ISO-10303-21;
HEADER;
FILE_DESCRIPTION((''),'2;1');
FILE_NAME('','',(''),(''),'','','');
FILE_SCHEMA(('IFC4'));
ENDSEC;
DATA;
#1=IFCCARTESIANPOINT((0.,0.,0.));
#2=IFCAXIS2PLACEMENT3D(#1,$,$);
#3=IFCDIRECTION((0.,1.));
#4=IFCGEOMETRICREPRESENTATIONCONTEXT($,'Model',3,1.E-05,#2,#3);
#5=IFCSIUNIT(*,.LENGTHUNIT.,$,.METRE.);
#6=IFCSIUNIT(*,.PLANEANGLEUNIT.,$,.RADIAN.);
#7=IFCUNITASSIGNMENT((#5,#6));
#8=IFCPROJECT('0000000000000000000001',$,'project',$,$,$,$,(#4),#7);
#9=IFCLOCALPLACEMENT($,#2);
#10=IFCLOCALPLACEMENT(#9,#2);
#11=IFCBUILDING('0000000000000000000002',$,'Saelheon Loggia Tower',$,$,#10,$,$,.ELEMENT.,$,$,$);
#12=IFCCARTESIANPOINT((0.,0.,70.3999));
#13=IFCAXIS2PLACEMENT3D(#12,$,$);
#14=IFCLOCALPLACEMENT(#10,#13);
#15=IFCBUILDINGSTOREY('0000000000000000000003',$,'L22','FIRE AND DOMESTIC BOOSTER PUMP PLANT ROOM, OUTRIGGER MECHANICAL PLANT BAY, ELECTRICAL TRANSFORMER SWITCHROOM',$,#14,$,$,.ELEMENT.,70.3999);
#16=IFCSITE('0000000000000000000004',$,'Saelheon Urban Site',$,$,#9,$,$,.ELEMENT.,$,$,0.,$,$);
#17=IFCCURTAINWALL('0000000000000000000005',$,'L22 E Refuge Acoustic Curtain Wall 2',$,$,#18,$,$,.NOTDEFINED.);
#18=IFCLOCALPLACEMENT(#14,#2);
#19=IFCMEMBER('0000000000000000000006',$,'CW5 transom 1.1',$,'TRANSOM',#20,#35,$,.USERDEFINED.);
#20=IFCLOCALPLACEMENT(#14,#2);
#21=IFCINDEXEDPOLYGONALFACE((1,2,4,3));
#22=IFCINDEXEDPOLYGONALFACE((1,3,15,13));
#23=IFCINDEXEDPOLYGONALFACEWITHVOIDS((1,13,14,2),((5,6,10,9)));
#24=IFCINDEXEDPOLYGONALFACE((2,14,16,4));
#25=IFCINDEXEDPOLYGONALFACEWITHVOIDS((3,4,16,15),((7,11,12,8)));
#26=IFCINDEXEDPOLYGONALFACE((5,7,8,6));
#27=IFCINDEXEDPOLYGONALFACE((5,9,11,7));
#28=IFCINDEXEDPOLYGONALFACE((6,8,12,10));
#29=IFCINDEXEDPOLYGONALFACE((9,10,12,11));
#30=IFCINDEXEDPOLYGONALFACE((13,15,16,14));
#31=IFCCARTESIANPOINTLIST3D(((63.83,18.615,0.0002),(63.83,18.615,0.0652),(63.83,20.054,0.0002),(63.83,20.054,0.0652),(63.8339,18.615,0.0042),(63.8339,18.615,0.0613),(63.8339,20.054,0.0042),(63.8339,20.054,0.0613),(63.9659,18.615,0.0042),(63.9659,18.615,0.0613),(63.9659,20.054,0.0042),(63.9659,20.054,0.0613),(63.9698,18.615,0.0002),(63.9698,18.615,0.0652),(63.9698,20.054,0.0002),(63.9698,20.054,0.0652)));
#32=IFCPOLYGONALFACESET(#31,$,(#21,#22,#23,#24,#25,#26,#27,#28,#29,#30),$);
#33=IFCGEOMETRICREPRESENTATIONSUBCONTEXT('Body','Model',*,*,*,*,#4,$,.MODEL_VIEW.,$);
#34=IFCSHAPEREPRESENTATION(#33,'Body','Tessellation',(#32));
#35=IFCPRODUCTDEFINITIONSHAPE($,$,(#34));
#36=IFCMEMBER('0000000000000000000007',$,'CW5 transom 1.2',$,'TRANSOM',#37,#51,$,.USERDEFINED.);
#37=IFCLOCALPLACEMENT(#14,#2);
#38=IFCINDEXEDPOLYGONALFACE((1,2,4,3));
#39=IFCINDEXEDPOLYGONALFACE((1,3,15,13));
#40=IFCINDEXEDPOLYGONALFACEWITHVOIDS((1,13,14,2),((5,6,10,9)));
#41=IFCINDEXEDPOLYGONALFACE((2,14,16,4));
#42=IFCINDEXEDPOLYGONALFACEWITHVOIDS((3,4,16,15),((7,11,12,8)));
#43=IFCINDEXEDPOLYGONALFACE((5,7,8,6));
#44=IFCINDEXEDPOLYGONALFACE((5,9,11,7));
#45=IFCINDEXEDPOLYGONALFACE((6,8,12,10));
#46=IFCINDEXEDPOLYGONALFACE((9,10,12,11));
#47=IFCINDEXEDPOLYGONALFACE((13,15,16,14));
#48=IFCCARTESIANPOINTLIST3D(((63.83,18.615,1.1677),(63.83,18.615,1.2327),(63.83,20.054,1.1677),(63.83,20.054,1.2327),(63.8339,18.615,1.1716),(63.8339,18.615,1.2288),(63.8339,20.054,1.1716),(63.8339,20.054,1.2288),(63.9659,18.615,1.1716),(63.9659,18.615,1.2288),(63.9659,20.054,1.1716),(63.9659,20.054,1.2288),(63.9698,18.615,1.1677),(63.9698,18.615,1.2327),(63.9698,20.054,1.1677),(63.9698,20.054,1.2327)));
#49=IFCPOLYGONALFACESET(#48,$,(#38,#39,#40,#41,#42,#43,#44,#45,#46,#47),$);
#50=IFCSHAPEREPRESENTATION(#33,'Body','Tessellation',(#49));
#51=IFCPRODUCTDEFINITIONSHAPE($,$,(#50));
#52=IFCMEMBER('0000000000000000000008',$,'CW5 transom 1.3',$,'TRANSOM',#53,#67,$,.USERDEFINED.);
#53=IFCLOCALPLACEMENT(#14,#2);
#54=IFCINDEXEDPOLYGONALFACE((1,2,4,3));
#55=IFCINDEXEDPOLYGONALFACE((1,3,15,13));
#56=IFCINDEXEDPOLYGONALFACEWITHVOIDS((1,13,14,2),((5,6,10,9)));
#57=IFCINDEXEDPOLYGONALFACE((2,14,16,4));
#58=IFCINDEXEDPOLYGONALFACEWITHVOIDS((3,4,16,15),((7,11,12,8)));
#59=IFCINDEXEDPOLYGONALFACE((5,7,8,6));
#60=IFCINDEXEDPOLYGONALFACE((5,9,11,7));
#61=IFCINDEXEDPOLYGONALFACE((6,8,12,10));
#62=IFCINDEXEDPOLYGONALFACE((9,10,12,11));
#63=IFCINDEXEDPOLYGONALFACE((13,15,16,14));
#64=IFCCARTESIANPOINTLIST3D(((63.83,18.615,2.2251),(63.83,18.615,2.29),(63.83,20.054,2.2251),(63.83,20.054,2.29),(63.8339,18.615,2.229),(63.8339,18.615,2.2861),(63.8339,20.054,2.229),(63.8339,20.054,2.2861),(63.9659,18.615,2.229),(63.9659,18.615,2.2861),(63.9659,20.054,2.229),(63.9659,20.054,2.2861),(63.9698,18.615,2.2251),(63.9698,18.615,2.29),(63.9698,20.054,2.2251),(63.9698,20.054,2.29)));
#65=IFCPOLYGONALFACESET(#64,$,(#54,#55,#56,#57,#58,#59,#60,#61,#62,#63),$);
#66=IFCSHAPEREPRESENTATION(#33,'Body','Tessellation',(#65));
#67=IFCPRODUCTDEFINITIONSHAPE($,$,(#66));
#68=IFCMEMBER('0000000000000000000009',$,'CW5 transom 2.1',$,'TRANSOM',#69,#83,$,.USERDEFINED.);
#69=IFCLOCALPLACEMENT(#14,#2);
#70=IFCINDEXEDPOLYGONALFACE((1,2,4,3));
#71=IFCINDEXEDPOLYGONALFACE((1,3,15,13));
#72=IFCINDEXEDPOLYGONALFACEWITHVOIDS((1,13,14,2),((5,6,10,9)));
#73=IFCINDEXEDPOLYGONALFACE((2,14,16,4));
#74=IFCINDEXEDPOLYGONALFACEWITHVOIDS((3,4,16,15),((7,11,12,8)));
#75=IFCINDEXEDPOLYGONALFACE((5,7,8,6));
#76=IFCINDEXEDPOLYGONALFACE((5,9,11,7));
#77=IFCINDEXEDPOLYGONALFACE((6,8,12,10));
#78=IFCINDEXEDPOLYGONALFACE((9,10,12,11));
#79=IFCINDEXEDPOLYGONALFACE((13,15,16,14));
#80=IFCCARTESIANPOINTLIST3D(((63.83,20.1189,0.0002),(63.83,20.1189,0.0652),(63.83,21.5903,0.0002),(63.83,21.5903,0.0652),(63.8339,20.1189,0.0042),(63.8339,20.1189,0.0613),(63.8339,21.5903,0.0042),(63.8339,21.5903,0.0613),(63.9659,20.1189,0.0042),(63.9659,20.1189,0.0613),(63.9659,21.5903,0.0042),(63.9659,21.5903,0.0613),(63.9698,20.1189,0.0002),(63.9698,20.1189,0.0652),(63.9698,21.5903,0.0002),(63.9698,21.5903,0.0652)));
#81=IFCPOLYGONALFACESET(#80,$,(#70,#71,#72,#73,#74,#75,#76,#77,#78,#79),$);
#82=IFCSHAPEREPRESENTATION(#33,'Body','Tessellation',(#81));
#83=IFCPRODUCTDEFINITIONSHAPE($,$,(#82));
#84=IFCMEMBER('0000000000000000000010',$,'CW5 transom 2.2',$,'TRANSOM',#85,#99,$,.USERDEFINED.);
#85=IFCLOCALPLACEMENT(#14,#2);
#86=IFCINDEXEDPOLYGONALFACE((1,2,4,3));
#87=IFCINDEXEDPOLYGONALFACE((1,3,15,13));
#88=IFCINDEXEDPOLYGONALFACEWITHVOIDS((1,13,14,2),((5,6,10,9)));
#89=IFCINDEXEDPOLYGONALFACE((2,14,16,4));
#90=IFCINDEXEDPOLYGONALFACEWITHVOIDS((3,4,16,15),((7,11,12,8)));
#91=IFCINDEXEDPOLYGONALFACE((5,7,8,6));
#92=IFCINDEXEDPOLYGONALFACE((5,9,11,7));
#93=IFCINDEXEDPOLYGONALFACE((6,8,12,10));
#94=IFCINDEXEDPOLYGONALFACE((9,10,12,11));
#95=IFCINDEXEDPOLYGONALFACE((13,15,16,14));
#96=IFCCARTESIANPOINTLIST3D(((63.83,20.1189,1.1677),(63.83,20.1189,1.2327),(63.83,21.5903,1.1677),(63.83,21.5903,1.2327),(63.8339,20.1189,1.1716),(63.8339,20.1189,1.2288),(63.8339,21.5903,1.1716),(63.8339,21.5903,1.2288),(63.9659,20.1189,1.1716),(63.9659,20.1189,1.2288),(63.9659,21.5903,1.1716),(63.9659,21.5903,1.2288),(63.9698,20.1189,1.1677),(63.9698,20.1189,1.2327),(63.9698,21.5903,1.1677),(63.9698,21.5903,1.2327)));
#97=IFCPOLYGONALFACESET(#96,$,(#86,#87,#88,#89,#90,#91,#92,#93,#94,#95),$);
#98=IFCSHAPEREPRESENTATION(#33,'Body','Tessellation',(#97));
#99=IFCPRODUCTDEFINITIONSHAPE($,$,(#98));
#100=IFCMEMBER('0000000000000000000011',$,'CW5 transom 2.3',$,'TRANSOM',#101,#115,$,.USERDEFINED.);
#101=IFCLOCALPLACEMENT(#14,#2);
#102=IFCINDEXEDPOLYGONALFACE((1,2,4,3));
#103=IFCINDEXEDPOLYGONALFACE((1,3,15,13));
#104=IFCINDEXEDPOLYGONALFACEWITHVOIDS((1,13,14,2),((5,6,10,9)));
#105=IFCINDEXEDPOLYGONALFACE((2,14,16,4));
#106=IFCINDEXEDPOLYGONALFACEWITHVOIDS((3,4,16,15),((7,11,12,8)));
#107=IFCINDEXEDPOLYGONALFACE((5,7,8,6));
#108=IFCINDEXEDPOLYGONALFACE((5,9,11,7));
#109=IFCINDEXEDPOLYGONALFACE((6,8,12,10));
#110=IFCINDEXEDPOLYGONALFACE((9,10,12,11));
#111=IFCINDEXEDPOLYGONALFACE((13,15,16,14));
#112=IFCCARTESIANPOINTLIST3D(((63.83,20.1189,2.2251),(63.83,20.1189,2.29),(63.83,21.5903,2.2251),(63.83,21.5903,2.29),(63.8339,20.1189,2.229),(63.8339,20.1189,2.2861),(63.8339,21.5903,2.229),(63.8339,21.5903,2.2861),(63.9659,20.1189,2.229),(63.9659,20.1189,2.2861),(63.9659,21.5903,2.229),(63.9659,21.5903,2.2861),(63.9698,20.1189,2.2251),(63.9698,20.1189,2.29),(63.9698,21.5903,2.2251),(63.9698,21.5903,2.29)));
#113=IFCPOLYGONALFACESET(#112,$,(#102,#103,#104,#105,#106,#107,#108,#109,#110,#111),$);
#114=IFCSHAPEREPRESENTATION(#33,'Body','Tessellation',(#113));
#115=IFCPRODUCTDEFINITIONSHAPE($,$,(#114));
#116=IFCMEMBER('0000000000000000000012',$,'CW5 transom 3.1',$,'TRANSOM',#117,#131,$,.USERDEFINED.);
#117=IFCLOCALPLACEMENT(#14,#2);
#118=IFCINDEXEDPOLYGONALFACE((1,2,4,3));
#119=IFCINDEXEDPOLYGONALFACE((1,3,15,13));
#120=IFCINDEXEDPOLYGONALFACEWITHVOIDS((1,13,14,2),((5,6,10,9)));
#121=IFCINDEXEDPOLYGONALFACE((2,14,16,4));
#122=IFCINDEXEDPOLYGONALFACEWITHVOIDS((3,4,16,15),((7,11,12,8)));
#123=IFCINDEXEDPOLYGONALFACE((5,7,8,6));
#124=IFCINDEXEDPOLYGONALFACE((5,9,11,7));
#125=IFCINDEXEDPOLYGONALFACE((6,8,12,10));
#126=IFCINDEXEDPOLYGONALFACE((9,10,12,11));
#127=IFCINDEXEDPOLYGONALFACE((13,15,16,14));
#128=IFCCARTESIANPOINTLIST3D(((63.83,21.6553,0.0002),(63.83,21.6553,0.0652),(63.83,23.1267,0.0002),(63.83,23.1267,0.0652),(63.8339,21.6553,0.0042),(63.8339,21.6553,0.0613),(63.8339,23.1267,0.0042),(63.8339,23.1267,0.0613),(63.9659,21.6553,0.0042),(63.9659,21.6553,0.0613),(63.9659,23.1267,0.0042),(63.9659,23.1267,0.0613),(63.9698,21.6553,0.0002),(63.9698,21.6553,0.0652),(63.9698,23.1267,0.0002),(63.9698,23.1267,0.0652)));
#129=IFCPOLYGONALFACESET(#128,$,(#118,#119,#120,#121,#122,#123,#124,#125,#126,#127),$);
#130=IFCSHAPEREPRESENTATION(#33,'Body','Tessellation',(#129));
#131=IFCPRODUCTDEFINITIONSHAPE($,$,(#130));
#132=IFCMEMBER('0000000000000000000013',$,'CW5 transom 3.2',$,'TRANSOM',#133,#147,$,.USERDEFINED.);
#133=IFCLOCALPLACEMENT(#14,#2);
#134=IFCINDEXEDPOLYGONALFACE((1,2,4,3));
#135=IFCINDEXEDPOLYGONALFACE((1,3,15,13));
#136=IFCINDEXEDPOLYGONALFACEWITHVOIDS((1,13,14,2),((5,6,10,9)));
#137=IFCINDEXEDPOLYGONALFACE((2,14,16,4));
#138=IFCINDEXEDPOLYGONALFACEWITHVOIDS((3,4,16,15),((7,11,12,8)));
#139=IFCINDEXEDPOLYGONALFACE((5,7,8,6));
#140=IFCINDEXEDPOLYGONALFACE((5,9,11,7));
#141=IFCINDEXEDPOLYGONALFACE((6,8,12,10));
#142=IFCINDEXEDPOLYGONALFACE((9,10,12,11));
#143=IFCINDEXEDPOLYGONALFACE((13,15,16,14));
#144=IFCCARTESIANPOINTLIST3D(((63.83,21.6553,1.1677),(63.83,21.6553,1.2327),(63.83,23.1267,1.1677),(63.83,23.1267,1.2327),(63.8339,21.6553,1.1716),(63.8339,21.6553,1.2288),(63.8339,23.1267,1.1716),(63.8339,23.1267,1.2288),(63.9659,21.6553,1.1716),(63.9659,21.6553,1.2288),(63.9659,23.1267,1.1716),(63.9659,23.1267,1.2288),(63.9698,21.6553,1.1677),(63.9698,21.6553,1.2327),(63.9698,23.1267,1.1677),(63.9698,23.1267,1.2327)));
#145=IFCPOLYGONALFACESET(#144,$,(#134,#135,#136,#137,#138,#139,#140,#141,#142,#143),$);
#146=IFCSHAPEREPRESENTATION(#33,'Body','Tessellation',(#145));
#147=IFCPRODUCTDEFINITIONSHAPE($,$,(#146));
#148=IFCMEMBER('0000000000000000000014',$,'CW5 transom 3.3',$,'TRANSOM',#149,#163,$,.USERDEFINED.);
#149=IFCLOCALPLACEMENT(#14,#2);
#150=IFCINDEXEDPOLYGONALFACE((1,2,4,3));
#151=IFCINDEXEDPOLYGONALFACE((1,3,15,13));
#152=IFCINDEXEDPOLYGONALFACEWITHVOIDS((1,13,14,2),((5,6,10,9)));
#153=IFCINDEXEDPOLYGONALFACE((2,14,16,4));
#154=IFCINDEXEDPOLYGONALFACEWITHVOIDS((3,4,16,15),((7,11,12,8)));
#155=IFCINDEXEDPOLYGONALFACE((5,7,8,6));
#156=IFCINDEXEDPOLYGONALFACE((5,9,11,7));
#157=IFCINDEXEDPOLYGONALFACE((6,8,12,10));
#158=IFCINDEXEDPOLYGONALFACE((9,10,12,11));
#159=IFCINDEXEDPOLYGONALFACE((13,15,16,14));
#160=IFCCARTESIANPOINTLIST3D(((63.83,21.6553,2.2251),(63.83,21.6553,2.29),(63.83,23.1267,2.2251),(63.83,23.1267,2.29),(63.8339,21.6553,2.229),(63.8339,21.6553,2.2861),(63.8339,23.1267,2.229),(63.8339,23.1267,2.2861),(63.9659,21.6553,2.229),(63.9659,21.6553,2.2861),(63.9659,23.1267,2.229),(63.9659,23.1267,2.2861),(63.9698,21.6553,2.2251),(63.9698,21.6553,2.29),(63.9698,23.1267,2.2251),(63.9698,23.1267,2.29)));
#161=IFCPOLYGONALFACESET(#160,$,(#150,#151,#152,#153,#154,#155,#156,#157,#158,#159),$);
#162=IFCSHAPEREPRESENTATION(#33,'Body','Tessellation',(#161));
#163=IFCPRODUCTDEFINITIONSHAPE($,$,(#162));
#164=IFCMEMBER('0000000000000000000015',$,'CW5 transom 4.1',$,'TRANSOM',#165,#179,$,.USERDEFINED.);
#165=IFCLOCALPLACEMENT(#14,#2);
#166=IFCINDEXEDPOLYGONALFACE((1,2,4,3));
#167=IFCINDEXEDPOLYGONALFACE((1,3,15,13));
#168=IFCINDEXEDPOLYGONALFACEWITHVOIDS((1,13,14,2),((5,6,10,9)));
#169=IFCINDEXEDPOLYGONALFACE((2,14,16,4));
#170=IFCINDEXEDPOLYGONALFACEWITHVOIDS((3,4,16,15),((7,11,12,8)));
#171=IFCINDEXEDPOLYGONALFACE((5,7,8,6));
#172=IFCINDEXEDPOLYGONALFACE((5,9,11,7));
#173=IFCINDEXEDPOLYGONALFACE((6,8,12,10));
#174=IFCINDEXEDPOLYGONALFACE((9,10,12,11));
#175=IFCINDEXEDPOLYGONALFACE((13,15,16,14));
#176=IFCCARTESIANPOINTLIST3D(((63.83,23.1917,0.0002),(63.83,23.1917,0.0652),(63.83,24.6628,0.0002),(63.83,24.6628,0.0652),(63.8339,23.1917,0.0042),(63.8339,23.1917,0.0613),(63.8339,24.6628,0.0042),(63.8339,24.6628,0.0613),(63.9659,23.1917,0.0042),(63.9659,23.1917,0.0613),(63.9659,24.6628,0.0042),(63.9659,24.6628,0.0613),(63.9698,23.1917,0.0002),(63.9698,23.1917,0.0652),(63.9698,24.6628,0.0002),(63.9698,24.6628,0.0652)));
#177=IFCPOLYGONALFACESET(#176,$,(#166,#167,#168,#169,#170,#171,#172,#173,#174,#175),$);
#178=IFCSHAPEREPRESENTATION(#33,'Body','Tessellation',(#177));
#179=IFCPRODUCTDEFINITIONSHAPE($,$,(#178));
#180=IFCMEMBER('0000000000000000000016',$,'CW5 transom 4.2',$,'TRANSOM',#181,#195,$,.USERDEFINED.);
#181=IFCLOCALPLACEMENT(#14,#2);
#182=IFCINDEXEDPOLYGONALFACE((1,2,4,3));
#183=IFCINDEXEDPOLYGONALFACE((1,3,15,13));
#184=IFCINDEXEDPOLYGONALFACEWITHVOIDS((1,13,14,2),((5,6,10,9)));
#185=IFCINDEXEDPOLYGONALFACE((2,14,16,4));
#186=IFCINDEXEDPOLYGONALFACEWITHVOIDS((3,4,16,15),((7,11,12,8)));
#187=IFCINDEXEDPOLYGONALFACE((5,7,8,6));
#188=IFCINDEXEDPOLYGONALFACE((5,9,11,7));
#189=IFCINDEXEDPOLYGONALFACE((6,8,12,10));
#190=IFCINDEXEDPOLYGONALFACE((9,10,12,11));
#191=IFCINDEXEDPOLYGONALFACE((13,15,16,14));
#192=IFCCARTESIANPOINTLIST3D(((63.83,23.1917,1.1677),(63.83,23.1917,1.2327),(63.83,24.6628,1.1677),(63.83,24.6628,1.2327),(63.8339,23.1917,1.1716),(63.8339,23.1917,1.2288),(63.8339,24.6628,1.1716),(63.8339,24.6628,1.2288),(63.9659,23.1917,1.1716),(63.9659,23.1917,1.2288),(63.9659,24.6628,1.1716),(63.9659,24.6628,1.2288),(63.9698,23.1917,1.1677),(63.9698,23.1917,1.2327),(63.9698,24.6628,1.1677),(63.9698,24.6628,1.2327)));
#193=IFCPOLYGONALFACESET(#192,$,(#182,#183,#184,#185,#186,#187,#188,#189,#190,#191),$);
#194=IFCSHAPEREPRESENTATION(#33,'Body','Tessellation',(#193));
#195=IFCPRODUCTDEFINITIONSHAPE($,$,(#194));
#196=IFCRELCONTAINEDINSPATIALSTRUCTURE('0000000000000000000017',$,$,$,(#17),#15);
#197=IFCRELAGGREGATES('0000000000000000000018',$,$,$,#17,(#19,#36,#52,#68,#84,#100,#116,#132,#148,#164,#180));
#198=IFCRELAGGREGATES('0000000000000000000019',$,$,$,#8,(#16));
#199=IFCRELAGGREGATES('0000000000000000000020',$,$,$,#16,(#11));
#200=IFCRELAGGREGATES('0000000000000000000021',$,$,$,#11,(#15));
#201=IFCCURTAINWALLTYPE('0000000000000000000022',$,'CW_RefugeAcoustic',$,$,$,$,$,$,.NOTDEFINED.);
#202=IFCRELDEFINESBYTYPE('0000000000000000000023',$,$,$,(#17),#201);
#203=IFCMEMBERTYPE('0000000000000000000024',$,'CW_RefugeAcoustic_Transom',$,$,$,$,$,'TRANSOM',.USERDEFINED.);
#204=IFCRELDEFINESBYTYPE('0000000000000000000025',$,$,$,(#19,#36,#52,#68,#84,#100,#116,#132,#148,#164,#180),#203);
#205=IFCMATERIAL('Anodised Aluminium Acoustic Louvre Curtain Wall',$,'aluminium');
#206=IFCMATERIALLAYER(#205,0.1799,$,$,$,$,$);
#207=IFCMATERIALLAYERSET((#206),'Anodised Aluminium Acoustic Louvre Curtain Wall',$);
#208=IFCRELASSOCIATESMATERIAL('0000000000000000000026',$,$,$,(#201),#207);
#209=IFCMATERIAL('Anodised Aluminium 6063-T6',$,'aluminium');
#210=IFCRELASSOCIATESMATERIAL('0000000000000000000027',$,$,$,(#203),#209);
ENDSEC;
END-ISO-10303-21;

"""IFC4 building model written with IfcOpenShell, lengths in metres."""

from ifc_helpers import new_model, si_unit, direction, frame, origin, origin_2d, place, context, subcontext, project, spatial, hollow_rectangle, extrude, source, transform, mapped, material, layer, layer_set, material_profile, profile_set, type_object, element, aggregate, save


model = new_model("IFC4")

# Units and contexts
model_context = context("Model", 3, precision=1e-05, world=origin(), true_north=direction((0.0, 1.0)))
body_context = subcontext(model_context, "Body", "Model", "MODEL_VIEW")
ifc_project = project(units=[si_unit("LENGTHUNIT", "METRE"), si_unit("PLANEANGLEUNIT", "RADIAN")], contexts=[model_context])

# Site, building, storey
site_placement = place(None, origin())
site = spatial("IfcSite", under=ifc_project, at=site_placement, Name="Saelheon Urban Site", CompositionType="ELEMENT", RefElevation=0.0)
building_placement = place(site_placement, origin())
building = spatial("IfcBuilding", under=site, at=building_placement, Name="Saelheon Loggia Tower", CompositionType="ELEMENT")
storey_placement = place(building_placement, frame((0.0, 0.0, 70.3999)))
storey = spatial("IfcBuildingStorey", under=building, at=storey_placement, Name="L22", Description="FIRE AND DOMESTIC BOOSTER PUMP PLANT ROOM, OUTRIGGER MECHANICAL PLANT BAY, ELECTRICAL TRANSFORMER SWITCHROOM", CompositionType="ELEMENT", Elevation=70.3999)

# Shared definitions
ifc_material_1 = material(Name="Anodised Aluminium Acoustic Louvre Curtain Wall", Category="aluminium")
ifc_layer_1 = layer(ifc_material_1, 0.1799)
ifc_layer_set_1 = layer_set([ifc_layer_1], Name="Anodised Aluminium Acoustic Louvre Curtain Wall")
curtain_wall_type = type_object("IfcCurtainWallType", Name="CW_RefugeAcoustic", PredefinedType="NOTDEFINED", material=ifc_layer_set_1)
ifc_material_2 = material(Name="Anodised Aluminium 6063-T6", Category="aluminium")

# Curtain wall, members
curtain_wall_1_placement = place(storey_placement, origin())
curtain_wall_1 = element("IfcCurtainWall", 1, at=curtain_wall_1_placement, inside=storey, type_object=curtain_wall_type, Name="L22 E Refuge Acoustic Curtain Wall 2", PredefinedType="NOTDEFINED")
ifc_material_profile_1 = material_profile(ifc_material_2, hollow_rectangle(XDim=0.0649, YDim=0.1399, WallThickness=0.0039, at=origin_2d()), Name="RHS-140x65x4")
ifc_profile_set_1 = profile_set([ifc_material_profile_1], Name="Anodised Aluminium 6063-T6")
member_type_1 = type_object("IfcMemberType", Name="CW_RefugeAcoustic_Transom", ElementType="TRANSOM", PredefinedType="USERDEFINED", material=ifc_profile_set_1)
shared_shape_1 = source(origin(), body_context, "Body", "SweptSolid", [
    extrude(hollow_rectangle(XDim=0.0649, YDim=0.1399, WallThickness=0.0039, at=origin_2d()), origin(), (0.0, 0.0, 1.0), 1.439),
])
member_1_placement = place(storey_placement, frame((63.8999, 18.615, 0.0327), z_axis=(0.0, 1.0, 0.0), x_axis=(0.0, 0.0, 1.0)))
member_1 = element("IfcMember", 2, at=member_1_placement, type_object=member_type_1, Name="CW5 transom 1.1", ObjectType="TRANSOM", PredefinedType="USERDEFINED", context=body_context, shape_type="MappedRepresentation", body=[
    mapped(shared_shape_1, transform((0.0, 0.0, 0.0), scale=1.0)),
])
member_2_placement = place(storey_placement, frame((63.8999, 18.615, 1.2002), z_axis=(0.0, 1.0, 0.0), x_axis=(0.0, 0.0, 1.0)))
member_2 = element("IfcMember", 3, at=member_2_placement, type_object=member_type_1, Name="CW5 transom 1.2", ObjectType="TRANSOM", PredefinedType="USERDEFINED", context=body_context, shape_type="MappedRepresentation", body=[
    mapped(shared_shape_1, transform((0.0, 0.0, 0.0), scale=1.0)),
])
member_3_placement = place(storey_placement, frame((63.8999, 18.615, 2.2576), z_axis=(0.0, 1.0, 0.0), x_axis=(0.0, 0.0, 1.0)))
member_3 = element("IfcMember", 4, at=member_3_placement, type_object=member_type_1, Name="CW5 transom 1.3", ObjectType="TRANSOM", PredefinedType="USERDEFINED", context=body_context, shape_type="MappedRepresentation", body=[
    mapped(shared_shape_1, transform((0.0, 0.0, 0.0), scale=1.0)),
])
shared_shape_2 = source(origin(), body_context, "Body", "SweptSolid", [
    extrude(hollow_rectangle(XDim=0.0649, YDim=0.1399, WallThickness=0.0039, at=origin_2d()), origin(), (0.0, 0.0, 1.0), 1.4714),
])
member_4_placement = place(storey_placement, frame((63.8999, 20.1189, 0.0327), z_axis=(0.0, 1.0, 0.0), x_axis=(0.0, 0.0, 1.0)))
member_4 = element("IfcMember", 5, at=member_4_placement, type_object=member_type_1, Name="CW5 transom 2.1", ObjectType="TRANSOM", PredefinedType="USERDEFINED", context=body_context, shape_type="MappedRepresentation", body=[
    mapped(shared_shape_2, transform((0.0, 0.0, 0.0), scale=1.0)),
])
member_5_placement = place(storey_placement, frame((63.8999, 20.1189, 1.2002), z_axis=(0.0, 1.0, 0.0), x_axis=(0.0, 0.0, 1.0)))
member_5 = element("IfcMember", 6, at=member_5_placement, type_object=member_type_1, Name="CW5 transom 2.2", ObjectType="TRANSOM", PredefinedType="USERDEFINED", context=body_context, shape_type="MappedRepresentation", body=[
    mapped(shared_shape_2, transform((0.0, 0.0, 0.0), scale=1.0)),
])
member_6_placement = place(storey_placement, frame((63.8999, 20.1189, 2.2576), z_axis=(0.0, 1.0, 0.0), x_axis=(0.0, 0.0, 1.0)))
member_6 = element("IfcMember", 7, at=member_6_placement, type_object=member_type_1, Name="CW5 transom 2.3", ObjectType="TRANSOM", PredefinedType="USERDEFINED", context=body_context, shape_type="MappedRepresentation", body=[
    mapped(shared_shape_2, transform((0.0, 0.0, 0.0), scale=1.0)),
])
member_7_placement = place(storey_placement, frame((63.8999, 21.6553, 0.0327), z_axis=(0.0, 1.0, 0.0), x_axis=(0.0, 0.0, 1.0)))
member_7 = element("IfcMember", 8, at=member_7_placement, type_object=member_type_1, Name="CW5 transom 3.1", ObjectType="TRANSOM", PredefinedType="USERDEFINED", context=body_context, shape_type="MappedRepresentation", body=[
    mapped(shared_shape_2, transform((0.0, 0.0, 0.0), scale=1.0)),
])
member_8_placement = place(storey_placement, frame((63.8999, 21.6553, 1.2002), z_axis=(0.0, 1.0, 0.0), x_axis=(0.0, 0.0, 1.0)))
member_8 = element("IfcMember", 9, at=member_8_placement, type_object=member_type_1, Name="CW5 transom 3.2", ObjectType="TRANSOM", PredefinedType="USERDEFINED", context=body_context, shape_type="MappedRepresentation", body=[
    mapped(shared_shape_2, transform((0.0, 0.0, 0.0), scale=1.0)),
])
member_9_placement = place(storey_placement, frame((63.8999, 21.6553, 2.2576), z_axis=(0.0, 1.0, 0.0), x_axis=(0.0, 0.0, 1.0)))
member_9 = element("IfcMember", 10, at=member_9_placement, type_object=member_type_1, Name="CW5 transom 3.3", ObjectType="TRANSOM", PredefinedType="USERDEFINED", context=body_context, shape_type="MappedRepresentation", body=[
    mapped(shared_shape_2, transform((0.0, 0.0, 0.0), scale=1.0)),
])
shared_shape_3 = source(origin(), body_context, "Body", "SweptSolid", [
    extrude(hollow_rectangle(XDim=0.0649, YDim=0.1399, WallThickness=0.0039, at=origin_2d()), origin(), (0.0, 0.0, 1.0), 1.4712),
])
member_10_placement = place(storey_placement, frame((63.8999, 23.1917, 0.0327), z_axis=(0.0, 1.0, 0.0), x_axis=(0.0, 0.0, 1.0)))
member_10 = element("IfcMember", 11, at=member_10_placement, type_object=member_type_1, Name="CW5 transom 4.1", ObjectType="TRANSOM", PredefinedType="USERDEFINED", context=body_context, shape_type="MappedRepresentation", body=[
    mapped(shared_shape_3, transform((0.0, 0.0, 0.0), scale=1.0)),
])
member_11_placement = place(storey_placement, frame((63.8999, 23.1917, 1.2002), z_axis=(0.0, 1.0, 0.0), x_axis=(0.0, 0.0, 1.0)))
member_11 = element("IfcMember", 12, at=member_11_placement, type_object=member_type_1, Name="CW5 transom 4.2", ObjectType="TRANSOM", PredefinedType="USERDEFINED", context=body_context, shape_type="MappedRepresentation", body=[
    mapped(shared_shape_3, transform((0.0, 0.0, 0.0), scale=1.0)),
])

aggregate(curtain_wall_1, [member_1, member_2, member_3, member_4, member_5, member_6, member_7, member_8, member_9, member_10, member_11])

save(model, "model.ifc")
